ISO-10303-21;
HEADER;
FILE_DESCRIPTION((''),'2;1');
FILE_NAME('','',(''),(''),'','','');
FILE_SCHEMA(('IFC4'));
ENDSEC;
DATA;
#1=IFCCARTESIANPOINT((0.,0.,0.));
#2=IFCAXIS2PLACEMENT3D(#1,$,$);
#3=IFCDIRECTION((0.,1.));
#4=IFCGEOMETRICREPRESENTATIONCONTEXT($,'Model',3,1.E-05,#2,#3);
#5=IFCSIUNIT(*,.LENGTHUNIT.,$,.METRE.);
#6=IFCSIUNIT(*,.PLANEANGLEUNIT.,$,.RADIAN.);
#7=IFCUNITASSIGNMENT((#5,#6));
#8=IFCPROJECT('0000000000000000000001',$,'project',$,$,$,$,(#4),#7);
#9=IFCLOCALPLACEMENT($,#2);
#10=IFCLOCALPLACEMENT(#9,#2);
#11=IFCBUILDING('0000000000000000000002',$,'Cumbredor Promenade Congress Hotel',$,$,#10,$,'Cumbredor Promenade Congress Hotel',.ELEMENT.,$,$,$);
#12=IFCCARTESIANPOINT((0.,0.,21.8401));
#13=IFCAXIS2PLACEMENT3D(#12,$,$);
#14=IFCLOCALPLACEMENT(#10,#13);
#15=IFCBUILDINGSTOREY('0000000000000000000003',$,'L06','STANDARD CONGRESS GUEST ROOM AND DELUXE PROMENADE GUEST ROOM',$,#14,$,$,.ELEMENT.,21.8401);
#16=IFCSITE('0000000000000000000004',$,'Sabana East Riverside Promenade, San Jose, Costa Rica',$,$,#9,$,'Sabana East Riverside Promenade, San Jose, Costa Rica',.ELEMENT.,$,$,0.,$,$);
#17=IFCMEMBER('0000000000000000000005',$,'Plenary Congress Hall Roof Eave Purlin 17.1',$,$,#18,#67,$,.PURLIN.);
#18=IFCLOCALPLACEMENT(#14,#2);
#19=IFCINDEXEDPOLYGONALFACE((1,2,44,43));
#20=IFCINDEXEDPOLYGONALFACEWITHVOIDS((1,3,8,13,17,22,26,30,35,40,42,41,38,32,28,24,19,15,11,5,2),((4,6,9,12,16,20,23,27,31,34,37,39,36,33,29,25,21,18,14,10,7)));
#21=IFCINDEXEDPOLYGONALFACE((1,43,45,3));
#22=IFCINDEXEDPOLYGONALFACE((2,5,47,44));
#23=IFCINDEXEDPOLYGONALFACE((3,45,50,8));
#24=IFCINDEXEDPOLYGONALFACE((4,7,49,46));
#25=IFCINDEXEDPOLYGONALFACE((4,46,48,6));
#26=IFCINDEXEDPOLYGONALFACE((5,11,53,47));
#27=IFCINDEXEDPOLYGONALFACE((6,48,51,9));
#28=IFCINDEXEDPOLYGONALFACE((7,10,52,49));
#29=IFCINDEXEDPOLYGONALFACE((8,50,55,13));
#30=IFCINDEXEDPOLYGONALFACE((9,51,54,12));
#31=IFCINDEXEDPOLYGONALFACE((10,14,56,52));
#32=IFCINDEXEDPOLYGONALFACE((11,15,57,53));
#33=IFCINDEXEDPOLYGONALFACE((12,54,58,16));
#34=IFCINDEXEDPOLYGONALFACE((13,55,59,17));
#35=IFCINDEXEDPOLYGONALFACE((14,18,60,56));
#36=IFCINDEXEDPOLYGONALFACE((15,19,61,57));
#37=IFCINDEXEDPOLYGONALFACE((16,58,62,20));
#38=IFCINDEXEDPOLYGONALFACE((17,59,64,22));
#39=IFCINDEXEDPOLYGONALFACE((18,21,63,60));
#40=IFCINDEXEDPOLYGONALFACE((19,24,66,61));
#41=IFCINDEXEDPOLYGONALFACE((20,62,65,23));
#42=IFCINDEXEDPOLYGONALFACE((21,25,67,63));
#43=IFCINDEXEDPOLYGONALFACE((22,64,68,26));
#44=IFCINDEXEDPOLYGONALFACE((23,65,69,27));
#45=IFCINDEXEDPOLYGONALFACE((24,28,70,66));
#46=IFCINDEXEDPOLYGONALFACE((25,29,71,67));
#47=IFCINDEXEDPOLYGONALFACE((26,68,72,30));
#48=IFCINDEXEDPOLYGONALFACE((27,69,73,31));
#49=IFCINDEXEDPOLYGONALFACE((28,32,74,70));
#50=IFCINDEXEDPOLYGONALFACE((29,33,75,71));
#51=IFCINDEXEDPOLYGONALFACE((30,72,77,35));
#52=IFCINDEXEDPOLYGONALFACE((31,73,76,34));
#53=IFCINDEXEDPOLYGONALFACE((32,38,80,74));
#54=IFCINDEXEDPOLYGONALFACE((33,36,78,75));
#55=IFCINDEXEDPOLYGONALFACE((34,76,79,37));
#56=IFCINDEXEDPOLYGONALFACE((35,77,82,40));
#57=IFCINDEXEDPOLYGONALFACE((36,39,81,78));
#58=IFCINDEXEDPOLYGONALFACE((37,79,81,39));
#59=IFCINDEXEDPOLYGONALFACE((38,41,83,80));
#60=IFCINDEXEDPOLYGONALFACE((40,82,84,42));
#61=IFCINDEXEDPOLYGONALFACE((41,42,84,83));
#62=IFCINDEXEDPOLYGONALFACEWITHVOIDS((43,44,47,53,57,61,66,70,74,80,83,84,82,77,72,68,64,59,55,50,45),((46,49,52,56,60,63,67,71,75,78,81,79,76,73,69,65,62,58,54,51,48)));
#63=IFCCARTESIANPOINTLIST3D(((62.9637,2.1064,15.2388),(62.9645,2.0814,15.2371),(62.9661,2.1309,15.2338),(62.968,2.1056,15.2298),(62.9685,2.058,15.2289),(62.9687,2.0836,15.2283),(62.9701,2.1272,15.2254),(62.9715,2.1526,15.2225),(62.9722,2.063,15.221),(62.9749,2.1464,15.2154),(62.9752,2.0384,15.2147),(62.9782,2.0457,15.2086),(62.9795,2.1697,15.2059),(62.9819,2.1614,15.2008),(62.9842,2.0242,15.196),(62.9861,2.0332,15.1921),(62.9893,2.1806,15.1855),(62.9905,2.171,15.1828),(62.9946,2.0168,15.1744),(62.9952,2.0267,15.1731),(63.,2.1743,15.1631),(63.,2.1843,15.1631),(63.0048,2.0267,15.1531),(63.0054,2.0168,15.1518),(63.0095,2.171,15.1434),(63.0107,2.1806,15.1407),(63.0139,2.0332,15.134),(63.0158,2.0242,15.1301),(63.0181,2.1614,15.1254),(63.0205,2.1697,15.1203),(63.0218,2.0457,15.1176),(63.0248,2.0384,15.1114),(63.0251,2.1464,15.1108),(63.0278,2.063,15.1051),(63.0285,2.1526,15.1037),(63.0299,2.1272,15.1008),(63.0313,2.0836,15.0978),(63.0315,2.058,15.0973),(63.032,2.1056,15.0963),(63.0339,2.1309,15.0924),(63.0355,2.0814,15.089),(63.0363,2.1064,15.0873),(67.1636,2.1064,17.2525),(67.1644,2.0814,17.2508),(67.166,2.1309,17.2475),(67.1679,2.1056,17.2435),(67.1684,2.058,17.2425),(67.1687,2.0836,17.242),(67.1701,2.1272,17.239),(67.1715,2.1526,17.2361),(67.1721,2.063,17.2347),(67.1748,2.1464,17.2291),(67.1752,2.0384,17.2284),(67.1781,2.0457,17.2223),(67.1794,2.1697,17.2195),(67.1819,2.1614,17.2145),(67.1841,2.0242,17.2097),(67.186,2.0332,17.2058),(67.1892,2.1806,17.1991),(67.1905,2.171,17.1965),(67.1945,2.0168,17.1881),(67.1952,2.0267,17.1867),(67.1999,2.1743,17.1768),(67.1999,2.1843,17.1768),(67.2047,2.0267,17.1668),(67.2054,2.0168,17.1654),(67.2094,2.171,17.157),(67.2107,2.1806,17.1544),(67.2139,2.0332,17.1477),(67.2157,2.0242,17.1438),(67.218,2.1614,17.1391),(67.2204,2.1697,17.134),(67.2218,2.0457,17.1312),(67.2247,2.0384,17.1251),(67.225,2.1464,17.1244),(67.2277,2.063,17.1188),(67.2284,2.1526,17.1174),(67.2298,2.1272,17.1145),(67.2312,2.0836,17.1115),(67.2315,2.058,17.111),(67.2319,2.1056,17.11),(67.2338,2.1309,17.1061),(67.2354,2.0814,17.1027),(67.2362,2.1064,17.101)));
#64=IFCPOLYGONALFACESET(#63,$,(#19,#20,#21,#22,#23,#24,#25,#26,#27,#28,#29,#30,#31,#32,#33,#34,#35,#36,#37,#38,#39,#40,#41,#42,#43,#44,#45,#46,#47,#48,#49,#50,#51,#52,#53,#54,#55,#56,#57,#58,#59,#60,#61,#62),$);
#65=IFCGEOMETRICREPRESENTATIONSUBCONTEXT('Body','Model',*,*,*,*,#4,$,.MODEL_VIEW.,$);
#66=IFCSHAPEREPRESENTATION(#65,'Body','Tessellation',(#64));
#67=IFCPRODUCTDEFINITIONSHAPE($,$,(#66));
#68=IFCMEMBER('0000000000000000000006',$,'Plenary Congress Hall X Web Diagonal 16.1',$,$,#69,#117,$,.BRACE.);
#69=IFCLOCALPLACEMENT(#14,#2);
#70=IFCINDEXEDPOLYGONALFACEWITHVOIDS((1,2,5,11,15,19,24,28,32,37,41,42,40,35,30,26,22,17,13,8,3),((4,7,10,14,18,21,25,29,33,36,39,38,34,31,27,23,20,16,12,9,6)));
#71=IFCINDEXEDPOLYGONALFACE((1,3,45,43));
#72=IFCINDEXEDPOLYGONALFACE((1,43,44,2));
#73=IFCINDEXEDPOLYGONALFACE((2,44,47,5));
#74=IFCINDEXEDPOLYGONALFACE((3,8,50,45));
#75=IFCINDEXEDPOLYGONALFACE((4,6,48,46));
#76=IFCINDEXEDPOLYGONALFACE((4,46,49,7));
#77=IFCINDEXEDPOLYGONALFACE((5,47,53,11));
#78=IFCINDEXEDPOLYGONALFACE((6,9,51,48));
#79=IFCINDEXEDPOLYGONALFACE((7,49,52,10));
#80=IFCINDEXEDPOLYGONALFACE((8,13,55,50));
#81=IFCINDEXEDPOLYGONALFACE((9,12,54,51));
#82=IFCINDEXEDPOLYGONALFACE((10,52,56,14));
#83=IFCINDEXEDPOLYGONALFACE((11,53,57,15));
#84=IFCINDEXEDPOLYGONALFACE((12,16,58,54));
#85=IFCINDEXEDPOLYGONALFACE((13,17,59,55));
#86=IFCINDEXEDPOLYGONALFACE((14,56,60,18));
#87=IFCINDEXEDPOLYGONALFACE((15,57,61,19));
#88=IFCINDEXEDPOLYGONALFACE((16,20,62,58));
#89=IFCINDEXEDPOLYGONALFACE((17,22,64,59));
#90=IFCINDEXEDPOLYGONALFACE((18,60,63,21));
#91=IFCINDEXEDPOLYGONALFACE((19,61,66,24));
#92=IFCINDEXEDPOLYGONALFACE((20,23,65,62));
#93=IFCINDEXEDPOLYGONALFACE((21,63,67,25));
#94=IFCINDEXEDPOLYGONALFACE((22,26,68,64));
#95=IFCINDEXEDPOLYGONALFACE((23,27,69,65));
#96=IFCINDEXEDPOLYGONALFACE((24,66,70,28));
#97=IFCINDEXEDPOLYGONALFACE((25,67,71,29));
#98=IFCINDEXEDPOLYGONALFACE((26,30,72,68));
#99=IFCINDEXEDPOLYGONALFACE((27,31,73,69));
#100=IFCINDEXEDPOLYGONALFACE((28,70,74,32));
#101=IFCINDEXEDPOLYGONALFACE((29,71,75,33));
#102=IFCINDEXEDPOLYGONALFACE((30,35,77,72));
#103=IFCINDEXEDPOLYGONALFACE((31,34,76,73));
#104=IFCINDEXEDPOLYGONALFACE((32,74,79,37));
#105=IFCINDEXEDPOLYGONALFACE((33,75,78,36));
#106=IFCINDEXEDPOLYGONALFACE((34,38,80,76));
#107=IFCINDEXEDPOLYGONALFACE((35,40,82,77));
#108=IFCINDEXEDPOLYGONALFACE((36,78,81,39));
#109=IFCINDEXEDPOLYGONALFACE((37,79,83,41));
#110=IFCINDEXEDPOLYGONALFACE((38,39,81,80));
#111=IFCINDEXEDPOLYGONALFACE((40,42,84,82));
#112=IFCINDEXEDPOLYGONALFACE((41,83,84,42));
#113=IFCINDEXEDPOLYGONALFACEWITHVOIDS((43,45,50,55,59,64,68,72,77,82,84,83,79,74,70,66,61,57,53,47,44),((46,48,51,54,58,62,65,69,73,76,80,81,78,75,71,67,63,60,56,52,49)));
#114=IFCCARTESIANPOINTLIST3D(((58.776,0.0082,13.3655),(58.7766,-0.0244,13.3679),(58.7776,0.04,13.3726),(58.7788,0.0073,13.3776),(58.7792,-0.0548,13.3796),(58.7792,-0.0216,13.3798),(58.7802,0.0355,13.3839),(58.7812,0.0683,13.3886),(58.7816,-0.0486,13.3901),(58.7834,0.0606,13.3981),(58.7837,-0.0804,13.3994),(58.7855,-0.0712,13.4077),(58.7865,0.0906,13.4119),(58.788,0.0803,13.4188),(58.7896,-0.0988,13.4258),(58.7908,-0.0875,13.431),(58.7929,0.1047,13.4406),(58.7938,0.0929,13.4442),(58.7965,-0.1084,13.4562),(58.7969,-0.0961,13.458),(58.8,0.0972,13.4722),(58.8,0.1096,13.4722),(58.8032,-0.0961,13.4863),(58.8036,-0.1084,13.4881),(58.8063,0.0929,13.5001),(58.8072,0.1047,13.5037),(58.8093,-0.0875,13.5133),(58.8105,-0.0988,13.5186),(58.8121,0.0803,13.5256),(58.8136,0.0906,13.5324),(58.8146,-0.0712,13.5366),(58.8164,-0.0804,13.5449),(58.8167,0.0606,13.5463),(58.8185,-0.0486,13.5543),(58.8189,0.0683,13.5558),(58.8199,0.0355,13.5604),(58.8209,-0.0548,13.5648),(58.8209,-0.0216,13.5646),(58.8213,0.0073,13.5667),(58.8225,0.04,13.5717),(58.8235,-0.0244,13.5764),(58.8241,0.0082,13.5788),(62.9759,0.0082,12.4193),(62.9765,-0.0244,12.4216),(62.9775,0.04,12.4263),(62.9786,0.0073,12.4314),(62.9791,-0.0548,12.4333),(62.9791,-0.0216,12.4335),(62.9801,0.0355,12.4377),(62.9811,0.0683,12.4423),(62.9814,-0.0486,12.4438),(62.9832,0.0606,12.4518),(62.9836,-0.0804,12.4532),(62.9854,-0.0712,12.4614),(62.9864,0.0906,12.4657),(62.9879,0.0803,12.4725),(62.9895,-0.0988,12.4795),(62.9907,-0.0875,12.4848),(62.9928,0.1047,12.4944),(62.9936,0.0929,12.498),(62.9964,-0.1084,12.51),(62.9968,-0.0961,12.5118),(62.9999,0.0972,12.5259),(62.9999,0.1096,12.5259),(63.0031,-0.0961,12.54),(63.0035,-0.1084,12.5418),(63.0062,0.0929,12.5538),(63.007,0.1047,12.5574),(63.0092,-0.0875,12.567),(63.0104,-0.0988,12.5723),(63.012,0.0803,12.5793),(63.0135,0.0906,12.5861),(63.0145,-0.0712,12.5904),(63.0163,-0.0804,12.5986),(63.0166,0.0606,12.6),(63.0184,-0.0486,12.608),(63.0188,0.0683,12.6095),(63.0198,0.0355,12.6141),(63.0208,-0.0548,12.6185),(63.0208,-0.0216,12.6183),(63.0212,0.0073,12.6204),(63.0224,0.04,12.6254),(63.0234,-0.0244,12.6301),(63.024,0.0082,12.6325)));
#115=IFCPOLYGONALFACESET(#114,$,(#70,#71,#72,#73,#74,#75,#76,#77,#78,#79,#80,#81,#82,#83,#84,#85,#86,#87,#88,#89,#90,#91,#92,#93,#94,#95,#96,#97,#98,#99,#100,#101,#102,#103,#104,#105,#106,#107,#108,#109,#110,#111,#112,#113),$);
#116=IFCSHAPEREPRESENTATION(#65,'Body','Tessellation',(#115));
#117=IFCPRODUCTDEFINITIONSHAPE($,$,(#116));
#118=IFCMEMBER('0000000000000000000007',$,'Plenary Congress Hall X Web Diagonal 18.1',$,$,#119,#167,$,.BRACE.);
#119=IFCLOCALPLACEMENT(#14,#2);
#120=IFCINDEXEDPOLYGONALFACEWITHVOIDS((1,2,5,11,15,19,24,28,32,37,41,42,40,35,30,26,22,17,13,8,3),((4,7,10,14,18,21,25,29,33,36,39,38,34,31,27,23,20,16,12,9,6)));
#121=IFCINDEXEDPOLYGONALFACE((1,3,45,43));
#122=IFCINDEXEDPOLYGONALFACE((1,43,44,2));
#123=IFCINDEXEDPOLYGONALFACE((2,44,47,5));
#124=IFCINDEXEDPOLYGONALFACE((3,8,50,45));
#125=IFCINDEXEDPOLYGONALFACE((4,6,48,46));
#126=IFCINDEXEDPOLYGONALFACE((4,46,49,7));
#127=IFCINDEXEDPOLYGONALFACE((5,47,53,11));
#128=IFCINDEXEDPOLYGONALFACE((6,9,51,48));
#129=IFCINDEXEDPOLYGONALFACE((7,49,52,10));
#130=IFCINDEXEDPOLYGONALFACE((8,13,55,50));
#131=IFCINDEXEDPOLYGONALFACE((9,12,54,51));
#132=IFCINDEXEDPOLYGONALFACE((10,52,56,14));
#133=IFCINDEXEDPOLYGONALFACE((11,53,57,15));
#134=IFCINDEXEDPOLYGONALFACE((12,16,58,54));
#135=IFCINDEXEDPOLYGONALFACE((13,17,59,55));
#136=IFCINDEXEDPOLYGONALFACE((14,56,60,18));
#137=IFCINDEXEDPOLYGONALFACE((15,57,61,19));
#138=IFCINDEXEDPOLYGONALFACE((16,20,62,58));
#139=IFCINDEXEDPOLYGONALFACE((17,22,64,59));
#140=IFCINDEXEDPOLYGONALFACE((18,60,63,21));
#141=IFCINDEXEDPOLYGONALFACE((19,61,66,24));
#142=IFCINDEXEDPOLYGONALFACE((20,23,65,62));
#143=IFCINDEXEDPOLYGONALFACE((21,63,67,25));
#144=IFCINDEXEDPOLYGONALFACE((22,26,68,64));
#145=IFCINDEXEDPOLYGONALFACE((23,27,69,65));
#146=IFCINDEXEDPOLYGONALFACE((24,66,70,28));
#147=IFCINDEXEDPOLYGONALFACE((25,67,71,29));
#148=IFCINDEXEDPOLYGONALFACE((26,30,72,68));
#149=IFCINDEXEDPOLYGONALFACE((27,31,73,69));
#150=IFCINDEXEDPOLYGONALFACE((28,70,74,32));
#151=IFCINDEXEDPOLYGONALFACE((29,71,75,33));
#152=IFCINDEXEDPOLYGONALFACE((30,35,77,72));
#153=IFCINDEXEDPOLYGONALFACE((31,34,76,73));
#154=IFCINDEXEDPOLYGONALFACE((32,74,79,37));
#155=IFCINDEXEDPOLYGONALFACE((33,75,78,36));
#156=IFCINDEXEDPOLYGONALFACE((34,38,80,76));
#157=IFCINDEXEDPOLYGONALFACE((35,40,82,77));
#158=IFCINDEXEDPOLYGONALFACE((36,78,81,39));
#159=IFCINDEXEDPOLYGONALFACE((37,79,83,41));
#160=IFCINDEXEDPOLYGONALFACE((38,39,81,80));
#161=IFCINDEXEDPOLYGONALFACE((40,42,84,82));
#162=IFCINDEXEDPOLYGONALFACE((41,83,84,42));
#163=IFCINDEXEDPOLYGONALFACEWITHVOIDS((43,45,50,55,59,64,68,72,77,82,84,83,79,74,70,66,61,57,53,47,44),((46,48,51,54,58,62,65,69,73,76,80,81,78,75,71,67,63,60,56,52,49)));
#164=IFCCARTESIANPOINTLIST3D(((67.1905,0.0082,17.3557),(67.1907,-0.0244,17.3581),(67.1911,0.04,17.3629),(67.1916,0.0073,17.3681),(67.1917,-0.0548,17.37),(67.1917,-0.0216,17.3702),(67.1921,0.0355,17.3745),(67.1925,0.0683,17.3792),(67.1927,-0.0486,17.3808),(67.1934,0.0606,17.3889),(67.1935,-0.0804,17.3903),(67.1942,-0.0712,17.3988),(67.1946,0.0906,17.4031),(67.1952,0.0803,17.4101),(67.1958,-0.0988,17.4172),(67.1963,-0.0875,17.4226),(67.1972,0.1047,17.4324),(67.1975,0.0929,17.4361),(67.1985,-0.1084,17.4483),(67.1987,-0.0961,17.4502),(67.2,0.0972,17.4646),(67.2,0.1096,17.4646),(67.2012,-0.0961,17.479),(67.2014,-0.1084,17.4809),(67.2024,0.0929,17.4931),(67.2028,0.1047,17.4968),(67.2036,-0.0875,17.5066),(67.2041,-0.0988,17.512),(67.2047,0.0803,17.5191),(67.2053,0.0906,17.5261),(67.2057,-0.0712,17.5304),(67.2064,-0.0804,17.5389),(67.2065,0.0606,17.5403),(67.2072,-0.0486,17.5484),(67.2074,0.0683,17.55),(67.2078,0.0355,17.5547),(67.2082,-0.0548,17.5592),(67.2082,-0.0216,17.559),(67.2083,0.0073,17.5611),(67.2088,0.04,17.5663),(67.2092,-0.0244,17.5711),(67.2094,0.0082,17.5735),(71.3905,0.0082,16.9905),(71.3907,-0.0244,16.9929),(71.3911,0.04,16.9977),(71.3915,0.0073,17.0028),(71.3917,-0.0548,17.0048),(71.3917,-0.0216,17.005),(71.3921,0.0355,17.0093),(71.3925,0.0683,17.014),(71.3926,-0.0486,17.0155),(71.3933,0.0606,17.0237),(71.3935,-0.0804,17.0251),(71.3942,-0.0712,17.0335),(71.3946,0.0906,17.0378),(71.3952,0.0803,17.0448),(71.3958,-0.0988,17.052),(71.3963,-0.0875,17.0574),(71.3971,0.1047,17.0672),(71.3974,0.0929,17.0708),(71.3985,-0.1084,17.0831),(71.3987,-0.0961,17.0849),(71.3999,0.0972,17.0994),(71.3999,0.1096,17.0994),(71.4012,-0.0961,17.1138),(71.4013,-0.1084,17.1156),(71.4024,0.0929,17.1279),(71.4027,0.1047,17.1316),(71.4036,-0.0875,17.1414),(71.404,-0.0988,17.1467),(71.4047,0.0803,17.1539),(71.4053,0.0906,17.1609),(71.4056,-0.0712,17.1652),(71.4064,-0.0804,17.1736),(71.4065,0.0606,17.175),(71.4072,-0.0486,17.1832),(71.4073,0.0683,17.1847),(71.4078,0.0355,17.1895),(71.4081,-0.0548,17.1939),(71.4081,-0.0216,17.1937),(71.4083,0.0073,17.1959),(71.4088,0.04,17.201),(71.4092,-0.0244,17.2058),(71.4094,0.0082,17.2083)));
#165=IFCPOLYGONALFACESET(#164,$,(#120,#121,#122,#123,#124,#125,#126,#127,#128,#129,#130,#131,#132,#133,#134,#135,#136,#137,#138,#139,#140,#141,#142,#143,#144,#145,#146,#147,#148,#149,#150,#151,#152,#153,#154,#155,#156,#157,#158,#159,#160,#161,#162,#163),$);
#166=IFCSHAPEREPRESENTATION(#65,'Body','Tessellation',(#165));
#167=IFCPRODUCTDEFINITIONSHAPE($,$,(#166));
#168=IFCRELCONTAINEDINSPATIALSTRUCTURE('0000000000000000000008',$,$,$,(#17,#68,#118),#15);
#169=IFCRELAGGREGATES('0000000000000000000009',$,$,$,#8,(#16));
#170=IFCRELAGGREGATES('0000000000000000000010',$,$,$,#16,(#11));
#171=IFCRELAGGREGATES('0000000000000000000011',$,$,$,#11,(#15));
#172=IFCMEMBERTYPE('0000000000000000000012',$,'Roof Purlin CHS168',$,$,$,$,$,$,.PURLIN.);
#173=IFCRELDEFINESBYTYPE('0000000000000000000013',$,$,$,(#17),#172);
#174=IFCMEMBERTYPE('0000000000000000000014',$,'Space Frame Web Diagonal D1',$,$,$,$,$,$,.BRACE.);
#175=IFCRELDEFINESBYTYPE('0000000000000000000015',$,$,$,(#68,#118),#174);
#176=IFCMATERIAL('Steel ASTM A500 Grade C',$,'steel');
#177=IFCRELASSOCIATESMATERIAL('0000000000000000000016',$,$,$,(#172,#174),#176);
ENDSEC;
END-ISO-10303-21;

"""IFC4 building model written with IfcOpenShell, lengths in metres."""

from ifc_helpers import new_model, si_unit, direction, frame, origin, origin_2d, place, context, subcontext, project, spatial, hollow_circle, extrude, material, material_profile, profile_set, type_object, element, save


model = new_model("IFC4")

# Units and contexts
model_context = context("Model", 3, precision=1e-05, world=origin(), true_north=direction((0.0, 1.0)))
body_context = subcontext(model_context, "Body", "Model", "MODEL_VIEW")
ifc_project = project(units=[si_unit("LENGTHUNIT", "METRE"), si_unit("PLANEANGLEUNIT", "RADIAN")], contexts=[model_context])

# Site, building, storey
site_placement = place(None, origin())
site = spatial("IfcSite", under=ifc_project, at=site_placement, Name="Sabana East Riverside Promenade, San Jose, Costa Rica", LongName="Sabana East Riverside Promenade, San Jose, Costa Rica", CompositionType="ELEMENT", RefElevation=0.0)
building_placement = place(site_placement, origin())
building = spatial("IfcBuilding", under=site, at=building_placement, Name="Cumbredor Promenade Congress Hotel", LongName="Cumbredor Promenade Congress Hotel", CompositionType="ELEMENT")
storey_placement = place(building_placement, frame((0.0, 0.0, 21.8401)))
storey = spatial("IfcBuildingStorey", under=building, at=storey_placement, Name="L06", Description="STANDARD CONGRESS GUEST ROOM AND DELUXE PROMENADE GUEST ROOM", CompositionType="ELEMENT", Elevation=21.8401)

# Members
ifc_material_1 = material(Name="Steel ASTM A500 Grade C", Category="steel")
ifc_material_profile_1 = material_profile(ifc_material_1, hollow_circle(Radius=0.0842, WallThickness=0.01, at=origin_2d()), Name="CHS 168.3x10")
ifc_profile_set_1 = profile_set([ifc_material_profile_1], Name="Steel ASTM A500 Grade C")
member_type_1 = type_object("IfcMemberType", Name="Roof Purlin CHS168", PredefinedType="PURLIN", material=ifc_profile_set_1)
member_1_placement = place(storey_placement, frame((63.0, 2.1001, 15.1631), z_axis=(0.901716, 0.0, 0.432329), x_axis=(0.0, 1.0, 0.0)))
element("IfcMember", 1, at=member_1_placement, inside=storey, type_object=member_type_1, Name="Plenary Congress Hall Roof Eave Purlin 17.1", PredefinedType="PURLIN", context=body_context, shape_type="SweptSolid", body=[
    extrude(hollow_circle(Radius=0.0842, WallThickness=0.01, at=origin_2d()), origin(), (0.0, 0.0, 1.0), 4.6577),
])
ifc_material_profile_2 = material_profile(ifc_material_1, hollow_circle(Radius=0.1096, WallThickness=0.0125, at=origin_2d()), Name="CHS 219.1x12.5")
ifc_profile_set_2 = profile_set([ifc_material_profile_2], Name="Steel ASTM A500 Grade C")
member_type_2 = type_object("IfcMemberType", Name="Space Frame Web Diagonal D1", PredefinedType="BRACE", material=ifc_profile_set_2)
member_2_placement = place(storey_placement, frame((58.8, 0.0, 13.4722), z_axis=(0.975545, 0.0, -0.2198), x_axis=(0.0, 1.0, 0.0)))
element("IfcMember", 2, at=member_2_placement, inside=storey, type_object=member_type_2, Name="Plenary Congress Hall X Web Diagonal 16.1", PredefinedType="BRACE", context=body_context, shape_type="SweptSolid", body=[
    extrude(hollow_circle(Radius=0.1096, WallThickness=0.0125, at=origin_2d()), origin(), (0.0, 0.0, 1.0), 4.3052),
])
member_3_placement = place(storey_placement, frame((67.2, 0.0, 17.4646), z_axis=(0.99624, 0.0, -0.086635), x_axis=(0.0, 1.0, 0.0)))
element("IfcMember", 3, at=member_3_placement, inside=storey, type_object=member_type_2, Name="Plenary Congress Hall X Web Diagonal 18.1", PredefinedType="BRACE", context=body_context, shape_type="SweptSolid", body=[
    extrude(hollow_circle(Radius=0.1096, WallThickness=0.0125, at=origin_2d()), origin(), (0.0, 0.0, 1.0), 4.2158),
])

save(model, "model.ifc")
